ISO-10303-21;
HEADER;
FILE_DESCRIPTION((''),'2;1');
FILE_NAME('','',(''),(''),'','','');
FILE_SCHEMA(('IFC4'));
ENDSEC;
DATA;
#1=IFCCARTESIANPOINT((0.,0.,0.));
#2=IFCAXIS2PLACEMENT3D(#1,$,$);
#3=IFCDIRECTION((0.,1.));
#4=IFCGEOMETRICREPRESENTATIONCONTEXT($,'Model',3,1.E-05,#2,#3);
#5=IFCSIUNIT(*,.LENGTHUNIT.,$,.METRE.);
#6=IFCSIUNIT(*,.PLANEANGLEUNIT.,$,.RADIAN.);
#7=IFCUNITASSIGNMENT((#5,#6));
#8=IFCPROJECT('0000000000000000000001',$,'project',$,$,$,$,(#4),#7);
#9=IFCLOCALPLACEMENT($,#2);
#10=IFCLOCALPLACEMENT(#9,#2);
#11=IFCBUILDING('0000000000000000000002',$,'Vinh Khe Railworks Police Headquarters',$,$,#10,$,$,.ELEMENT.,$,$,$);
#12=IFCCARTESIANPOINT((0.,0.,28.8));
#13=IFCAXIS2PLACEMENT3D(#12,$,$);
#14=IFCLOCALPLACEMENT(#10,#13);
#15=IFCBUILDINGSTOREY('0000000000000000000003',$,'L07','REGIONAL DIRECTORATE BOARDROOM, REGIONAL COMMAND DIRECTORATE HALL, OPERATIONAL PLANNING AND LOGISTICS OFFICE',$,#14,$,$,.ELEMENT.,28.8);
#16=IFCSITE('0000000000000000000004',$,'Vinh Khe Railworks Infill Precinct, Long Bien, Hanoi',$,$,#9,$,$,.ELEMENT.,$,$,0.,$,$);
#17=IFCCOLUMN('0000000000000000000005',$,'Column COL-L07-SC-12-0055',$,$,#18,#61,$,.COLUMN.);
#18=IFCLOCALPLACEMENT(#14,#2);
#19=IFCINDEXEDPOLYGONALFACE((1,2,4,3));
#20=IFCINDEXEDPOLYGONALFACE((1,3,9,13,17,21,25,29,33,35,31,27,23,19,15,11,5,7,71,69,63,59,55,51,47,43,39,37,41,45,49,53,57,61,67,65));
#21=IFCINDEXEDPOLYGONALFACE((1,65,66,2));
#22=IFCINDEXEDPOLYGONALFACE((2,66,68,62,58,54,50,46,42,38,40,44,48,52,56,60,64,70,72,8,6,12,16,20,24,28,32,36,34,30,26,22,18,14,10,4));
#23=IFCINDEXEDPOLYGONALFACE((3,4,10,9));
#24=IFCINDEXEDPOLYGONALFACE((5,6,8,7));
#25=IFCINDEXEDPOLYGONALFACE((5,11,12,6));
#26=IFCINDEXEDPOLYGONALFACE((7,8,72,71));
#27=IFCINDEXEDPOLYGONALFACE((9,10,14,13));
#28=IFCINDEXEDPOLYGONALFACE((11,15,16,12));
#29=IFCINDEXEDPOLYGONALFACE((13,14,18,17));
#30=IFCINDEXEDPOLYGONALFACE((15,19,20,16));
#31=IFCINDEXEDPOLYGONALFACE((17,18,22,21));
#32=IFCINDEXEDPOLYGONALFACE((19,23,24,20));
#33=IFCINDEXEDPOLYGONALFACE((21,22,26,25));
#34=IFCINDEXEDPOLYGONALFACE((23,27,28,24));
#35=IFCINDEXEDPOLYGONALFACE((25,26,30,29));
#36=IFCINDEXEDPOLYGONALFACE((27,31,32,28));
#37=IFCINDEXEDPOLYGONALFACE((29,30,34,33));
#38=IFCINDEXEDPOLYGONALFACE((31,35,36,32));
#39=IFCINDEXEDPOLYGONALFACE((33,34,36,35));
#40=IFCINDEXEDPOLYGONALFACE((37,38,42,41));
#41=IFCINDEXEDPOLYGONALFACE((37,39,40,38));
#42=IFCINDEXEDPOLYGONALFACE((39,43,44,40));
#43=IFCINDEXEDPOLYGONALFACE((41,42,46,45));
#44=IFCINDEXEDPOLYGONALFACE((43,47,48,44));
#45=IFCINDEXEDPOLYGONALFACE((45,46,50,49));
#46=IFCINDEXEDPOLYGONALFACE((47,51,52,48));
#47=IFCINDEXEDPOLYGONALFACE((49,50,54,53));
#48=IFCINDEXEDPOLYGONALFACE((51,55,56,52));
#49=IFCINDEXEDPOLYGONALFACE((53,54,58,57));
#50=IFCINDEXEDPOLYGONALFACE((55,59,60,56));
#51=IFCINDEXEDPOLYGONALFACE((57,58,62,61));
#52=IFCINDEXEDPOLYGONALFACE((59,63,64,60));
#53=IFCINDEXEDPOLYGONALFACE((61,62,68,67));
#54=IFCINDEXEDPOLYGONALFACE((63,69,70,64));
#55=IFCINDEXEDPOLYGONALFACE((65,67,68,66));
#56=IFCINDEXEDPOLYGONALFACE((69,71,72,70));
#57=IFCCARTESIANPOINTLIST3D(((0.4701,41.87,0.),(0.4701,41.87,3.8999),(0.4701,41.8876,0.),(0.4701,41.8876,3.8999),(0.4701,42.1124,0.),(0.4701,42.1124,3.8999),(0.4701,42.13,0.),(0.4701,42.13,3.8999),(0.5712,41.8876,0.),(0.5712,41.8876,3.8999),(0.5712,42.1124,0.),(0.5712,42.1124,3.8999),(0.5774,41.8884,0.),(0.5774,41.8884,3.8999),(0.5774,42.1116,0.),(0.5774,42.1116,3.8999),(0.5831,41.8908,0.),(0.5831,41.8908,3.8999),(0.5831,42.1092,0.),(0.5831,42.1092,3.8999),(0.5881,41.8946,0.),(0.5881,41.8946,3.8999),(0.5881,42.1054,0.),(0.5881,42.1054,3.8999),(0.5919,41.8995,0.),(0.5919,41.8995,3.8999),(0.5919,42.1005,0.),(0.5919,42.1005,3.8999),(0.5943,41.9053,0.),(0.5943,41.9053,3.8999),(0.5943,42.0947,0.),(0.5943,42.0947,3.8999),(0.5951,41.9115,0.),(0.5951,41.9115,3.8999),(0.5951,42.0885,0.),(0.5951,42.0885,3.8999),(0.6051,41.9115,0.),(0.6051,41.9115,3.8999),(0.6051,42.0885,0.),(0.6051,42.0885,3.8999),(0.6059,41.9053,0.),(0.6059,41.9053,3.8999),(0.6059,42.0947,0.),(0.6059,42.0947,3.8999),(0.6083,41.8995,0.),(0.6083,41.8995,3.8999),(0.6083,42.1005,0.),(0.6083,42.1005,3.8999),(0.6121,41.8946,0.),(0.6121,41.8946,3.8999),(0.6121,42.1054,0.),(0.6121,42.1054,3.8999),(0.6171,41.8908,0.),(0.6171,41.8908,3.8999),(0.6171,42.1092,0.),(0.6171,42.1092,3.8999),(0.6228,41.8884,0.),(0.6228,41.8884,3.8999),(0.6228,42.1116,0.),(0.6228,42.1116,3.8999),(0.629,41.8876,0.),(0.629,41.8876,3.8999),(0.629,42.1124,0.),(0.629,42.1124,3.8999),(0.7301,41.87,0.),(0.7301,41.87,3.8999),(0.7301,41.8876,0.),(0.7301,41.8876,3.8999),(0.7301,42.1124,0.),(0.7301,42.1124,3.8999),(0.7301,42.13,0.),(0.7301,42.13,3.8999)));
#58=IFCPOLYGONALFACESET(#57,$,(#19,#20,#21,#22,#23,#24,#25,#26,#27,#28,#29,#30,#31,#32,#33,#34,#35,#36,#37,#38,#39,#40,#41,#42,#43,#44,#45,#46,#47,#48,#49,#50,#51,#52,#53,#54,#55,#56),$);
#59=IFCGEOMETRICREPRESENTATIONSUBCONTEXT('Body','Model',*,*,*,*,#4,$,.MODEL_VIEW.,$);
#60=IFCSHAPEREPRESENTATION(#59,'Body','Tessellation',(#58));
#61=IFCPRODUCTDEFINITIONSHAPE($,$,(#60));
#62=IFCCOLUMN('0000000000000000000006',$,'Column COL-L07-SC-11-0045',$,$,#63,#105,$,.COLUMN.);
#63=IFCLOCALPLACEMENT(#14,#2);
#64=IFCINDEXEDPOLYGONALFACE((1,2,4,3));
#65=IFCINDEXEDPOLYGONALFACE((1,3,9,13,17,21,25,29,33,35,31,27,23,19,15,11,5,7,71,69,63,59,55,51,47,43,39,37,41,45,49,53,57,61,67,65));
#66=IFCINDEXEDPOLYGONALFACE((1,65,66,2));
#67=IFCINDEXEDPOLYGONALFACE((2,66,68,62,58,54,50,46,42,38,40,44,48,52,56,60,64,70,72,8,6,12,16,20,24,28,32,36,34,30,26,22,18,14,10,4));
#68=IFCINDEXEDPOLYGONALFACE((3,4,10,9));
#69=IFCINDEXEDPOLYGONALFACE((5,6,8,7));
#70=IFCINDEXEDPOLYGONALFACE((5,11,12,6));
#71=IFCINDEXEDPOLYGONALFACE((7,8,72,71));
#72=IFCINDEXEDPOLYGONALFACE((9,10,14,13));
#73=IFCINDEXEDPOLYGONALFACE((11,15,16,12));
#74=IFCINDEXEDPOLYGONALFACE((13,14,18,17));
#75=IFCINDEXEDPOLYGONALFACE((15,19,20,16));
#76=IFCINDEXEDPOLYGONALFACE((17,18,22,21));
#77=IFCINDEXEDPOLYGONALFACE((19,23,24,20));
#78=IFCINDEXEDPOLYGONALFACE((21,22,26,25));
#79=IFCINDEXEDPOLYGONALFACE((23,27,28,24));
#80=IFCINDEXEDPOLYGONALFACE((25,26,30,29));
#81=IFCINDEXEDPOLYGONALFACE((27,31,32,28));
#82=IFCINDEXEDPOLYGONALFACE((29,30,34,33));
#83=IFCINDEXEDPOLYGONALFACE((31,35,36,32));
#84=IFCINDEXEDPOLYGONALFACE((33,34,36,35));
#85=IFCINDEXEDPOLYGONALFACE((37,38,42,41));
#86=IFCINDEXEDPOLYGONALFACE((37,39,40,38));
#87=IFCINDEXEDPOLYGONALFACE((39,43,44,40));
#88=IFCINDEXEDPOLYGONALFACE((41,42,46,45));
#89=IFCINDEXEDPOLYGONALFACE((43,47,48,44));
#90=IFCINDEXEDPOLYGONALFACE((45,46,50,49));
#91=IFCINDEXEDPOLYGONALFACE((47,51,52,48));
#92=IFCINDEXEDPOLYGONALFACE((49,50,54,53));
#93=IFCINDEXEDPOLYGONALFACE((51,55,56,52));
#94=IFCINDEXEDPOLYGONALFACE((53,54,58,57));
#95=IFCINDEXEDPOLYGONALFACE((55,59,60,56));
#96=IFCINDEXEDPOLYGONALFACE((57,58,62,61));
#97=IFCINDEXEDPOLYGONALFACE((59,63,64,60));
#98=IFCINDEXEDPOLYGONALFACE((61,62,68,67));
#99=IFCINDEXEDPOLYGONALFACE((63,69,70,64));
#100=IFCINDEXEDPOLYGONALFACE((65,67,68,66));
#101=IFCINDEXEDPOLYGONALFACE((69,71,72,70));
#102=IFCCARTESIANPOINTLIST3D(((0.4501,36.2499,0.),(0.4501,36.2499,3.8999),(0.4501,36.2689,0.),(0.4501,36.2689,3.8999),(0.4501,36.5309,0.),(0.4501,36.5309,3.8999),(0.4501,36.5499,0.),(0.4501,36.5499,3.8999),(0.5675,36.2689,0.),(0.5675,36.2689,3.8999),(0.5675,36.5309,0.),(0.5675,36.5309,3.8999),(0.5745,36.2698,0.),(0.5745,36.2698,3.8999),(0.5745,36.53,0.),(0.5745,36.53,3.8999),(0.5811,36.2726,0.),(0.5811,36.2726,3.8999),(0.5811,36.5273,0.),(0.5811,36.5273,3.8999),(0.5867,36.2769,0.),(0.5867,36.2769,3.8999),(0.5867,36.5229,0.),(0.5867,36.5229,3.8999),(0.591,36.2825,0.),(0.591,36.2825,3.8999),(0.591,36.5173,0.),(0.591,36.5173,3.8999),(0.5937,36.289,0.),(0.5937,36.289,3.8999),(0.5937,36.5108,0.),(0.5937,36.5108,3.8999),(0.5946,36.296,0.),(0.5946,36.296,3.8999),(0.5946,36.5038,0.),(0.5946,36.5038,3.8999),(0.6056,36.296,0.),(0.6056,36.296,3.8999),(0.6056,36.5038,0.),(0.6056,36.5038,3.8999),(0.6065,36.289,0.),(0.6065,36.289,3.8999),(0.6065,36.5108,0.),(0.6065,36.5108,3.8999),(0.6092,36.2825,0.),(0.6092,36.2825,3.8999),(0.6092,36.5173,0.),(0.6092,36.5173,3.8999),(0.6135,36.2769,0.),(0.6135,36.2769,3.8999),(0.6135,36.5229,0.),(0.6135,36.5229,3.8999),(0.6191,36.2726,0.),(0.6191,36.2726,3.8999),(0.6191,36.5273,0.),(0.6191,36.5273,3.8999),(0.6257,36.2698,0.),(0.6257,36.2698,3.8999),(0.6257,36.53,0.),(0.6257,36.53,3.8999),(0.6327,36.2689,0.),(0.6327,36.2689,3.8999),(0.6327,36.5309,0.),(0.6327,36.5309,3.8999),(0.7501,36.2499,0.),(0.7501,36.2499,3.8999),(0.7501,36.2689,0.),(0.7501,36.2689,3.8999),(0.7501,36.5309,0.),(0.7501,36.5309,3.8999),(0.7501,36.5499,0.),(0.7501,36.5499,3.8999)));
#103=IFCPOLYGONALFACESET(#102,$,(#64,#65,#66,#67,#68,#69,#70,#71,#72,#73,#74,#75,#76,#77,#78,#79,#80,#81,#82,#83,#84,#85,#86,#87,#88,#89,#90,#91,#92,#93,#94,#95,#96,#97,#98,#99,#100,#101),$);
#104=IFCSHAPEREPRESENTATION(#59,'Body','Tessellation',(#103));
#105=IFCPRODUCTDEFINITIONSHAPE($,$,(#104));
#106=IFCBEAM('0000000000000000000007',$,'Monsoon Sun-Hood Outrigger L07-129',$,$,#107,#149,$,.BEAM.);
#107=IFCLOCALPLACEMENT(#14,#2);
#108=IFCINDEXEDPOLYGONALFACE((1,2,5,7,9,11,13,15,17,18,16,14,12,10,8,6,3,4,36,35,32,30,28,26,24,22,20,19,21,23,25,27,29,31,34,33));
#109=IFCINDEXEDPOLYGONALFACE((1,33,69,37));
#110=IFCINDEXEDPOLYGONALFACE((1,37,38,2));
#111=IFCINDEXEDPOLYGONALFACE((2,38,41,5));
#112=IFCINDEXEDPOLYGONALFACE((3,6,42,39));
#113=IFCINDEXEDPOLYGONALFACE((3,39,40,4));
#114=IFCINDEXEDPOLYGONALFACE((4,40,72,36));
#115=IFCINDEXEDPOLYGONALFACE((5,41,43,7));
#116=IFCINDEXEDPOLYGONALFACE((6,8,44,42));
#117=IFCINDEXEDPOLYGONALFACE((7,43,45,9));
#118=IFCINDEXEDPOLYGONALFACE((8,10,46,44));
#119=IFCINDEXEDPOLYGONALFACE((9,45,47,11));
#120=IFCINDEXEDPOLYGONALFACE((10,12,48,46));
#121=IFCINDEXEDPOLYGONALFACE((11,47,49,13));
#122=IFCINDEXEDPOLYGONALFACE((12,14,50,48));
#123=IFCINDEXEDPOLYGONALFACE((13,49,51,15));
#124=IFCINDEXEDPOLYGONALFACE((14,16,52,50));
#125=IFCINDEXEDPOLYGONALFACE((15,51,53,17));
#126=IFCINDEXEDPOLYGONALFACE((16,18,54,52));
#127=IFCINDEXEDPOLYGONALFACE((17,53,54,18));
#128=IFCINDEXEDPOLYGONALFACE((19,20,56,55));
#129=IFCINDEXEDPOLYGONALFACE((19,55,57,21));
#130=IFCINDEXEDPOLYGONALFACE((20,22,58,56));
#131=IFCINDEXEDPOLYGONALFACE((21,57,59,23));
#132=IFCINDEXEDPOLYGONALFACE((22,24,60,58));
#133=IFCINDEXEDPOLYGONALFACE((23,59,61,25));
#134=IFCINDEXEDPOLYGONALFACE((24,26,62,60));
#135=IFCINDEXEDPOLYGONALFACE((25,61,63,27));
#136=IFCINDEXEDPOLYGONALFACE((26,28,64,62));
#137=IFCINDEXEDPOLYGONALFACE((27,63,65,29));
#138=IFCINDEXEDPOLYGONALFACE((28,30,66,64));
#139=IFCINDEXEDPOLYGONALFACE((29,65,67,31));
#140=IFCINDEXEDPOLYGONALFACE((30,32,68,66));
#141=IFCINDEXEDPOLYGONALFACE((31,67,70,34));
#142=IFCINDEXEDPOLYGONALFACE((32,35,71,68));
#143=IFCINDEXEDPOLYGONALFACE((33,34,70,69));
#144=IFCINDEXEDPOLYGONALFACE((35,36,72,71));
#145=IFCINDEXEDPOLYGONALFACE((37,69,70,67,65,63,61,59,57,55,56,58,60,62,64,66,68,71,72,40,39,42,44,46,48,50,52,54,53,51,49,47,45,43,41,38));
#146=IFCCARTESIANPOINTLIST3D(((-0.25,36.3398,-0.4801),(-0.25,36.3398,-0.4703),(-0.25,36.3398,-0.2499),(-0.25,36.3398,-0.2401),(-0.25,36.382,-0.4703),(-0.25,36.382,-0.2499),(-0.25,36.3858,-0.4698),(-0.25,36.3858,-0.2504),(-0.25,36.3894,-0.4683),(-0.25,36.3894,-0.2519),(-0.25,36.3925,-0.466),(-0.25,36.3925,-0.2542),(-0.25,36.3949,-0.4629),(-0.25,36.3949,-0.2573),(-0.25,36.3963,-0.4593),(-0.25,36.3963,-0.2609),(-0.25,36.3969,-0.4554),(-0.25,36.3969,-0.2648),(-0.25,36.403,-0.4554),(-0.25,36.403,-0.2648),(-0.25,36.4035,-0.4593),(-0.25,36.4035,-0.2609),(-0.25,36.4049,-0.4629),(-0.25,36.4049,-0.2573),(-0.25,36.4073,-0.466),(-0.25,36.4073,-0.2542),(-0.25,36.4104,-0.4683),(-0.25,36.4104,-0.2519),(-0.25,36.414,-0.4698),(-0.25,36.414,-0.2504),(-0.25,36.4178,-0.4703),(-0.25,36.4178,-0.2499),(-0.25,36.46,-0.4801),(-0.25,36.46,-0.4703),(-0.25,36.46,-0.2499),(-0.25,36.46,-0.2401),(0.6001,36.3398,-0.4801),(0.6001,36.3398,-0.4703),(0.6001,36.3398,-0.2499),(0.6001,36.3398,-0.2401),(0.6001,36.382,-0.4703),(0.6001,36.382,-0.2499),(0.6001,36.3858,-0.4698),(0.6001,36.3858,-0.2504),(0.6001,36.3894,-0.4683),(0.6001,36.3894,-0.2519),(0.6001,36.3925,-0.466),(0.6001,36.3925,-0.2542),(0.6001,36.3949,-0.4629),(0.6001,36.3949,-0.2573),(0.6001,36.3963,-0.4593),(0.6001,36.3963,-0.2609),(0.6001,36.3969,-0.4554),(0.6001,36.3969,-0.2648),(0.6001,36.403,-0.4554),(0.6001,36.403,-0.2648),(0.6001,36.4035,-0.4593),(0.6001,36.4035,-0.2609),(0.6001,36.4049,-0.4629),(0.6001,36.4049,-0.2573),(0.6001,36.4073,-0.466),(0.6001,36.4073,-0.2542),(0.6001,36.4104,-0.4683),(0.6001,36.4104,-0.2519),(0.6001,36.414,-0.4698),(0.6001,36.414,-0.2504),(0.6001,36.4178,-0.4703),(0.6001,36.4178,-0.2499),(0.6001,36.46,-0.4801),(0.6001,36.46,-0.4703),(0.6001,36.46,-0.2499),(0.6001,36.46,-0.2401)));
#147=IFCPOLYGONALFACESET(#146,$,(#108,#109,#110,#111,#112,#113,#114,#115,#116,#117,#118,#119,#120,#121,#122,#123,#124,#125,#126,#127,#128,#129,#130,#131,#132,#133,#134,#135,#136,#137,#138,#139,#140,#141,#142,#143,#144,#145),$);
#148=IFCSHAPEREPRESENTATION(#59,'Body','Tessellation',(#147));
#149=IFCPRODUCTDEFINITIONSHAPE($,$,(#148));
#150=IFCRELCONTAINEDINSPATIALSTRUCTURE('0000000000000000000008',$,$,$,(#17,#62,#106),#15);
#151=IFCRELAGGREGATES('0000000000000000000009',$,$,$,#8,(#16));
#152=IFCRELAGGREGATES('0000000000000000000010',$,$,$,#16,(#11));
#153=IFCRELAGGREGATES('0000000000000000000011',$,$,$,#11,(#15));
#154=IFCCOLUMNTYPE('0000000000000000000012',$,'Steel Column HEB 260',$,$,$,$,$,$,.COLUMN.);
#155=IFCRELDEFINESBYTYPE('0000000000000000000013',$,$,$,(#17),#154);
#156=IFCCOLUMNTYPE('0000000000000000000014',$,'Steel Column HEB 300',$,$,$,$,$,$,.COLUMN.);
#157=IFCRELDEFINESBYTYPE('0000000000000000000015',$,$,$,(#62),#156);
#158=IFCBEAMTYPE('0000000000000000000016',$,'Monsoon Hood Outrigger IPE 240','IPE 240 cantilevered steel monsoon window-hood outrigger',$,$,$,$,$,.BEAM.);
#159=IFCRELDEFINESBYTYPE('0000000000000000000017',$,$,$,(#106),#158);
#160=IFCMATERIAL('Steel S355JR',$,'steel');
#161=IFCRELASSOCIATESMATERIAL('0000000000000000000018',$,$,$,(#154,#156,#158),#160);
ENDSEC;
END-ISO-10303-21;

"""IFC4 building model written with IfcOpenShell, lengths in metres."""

from ifc_helpers import new_model, si_unit, direction, frame, origin, origin_2d, place, context, subcontext, project, spatial, i_section, extrude, material, material_profile, profile_set, type_object, element, save


model = new_model("IFC4")

# Units and contexts
model_context = context("Model", 3, precision=1e-05, world=origin(), true_north=direction((0.0, 1.0)))
body_context = subcontext(model_context, "Body", "Model", "MODEL_VIEW")
ifc_project = project(units=[si_unit("LENGTHUNIT", "METRE"), si_unit("PLANEANGLEUNIT", "RADIAN")], contexts=[model_context])

# Site, building, storey
site_placement = place(None, origin())
site = spatial("IfcSite", under=ifc_project, at=site_placement, Name="Vinh Khe Railworks Infill Precinct, Long Bien, Hanoi", CompositionType="ELEMENT", RefElevation=0.0)
building_placement = place(site_placement, origin())
building = spatial("IfcBuilding", under=site, at=building_placement, Name="Vinh Khe Railworks Police Headquarters", CompositionType="ELEMENT")
storey_placement = place(building_placement, frame((0.0, 0.0, 28.8)))
storey = spatial("IfcBuildingStorey", under=building, at=storey_placement, Name="L07", Description="REGIONAL DIRECTORATE BOARDROOM, REGIONAL COMMAND DIRECTORATE HALL, OPERATIONAL PLANNING AND LOGISTICS OFFICE", CompositionType="ELEMENT", Elevation=28.8)

# Columns
ifc_material_1 = material(Name="Steel S355JR", Category="steel")
ifc_material_profile_1 = material_profile(ifc_material_1, i_section(OverallWidth=0.26, OverallDepth=0.26, WebThickness=0.01, FlangeThickness=0.0176, FilletRadius=0.0239, at=origin_2d()), Name="HEB 260")
ifc_profile_set_1 = profile_set([ifc_material_profile_1], Name="Steel S355JR")
column_type_1 = type_object("IfcColumnType", Name="Steel Column HEB 260", PredefinedType="COLUMN", material=ifc_profile_set_1)
column_1_placement = place(storey_placement, frame((0.6001, 42.0, 0.0), z_axis=(0.0, 0.0, 1.0), x_axis=(1.0, 0.0, 0.0)))
element("IfcColumn", 1, at=column_1_placement, inside=storey, type_object=column_type_1, Name="Column COL-L07-SC-12-0055", PredefinedType="COLUMN", context=body_context, shape_type="SweptSolid", body=[
    extrude(i_section(OverallWidth=0.26, OverallDepth=0.26, WebThickness=0.01, FlangeThickness=0.0176, FilletRadius=0.0239, at=origin_2d()), origin(), (0.0, 0.0, 1.0), 3.8999),
])
ifc_material_profile_2 = material_profile(ifc_material_1, i_section(OverallWidth=0.3, OverallDepth=0.3, WebThickness=0.011, FlangeThickness=0.019, FilletRadius=0.0271, at=origin_2d()), Name="HEB 300")
ifc_profile_set_2 = profile_set([ifc_material_profile_2], Name="Steel S355JR")
column_type_2 = type_object("IfcColumnType", Name="Steel Column HEB 300", PredefinedType="COLUMN", material=ifc_profile_set_2)
column_2_placement = place(storey_placement, frame((0.6001, 36.3999, 0.0), z_axis=(0.0, 0.0, 1.0), x_axis=(1.0, 0.0, 0.0)))
element("IfcColumn", 2, at=column_2_placement, inside=storey, type_object=column_type_2, Name="Column COL-L07-SC-11-0045", PredefinedType="COLUMN", context=body_context, shape_type="SweptSolid", body=[
    extrude(i_section(OverallWidth=0.3, OverallDepth=0.3, WebThickness=0.011, FlangeThickness=0.019, FilletRadius=0.0271, at=origin_2d()), origin(), (0.0, 0.0, 1.0), 3.8999),
])

# Beam
ifc_material_profile_3 = material_profile(ifc_material_1, i_section(OverallWidth=0.1201, OverallDepth=0.24, WebThickness=0.0061, FlangeThickness=0.0098, FilletRadius=0.0149, at=origin_2d()), Name="IPE 240")
ifc_profile_set_3 = profile_set([ifc_material_profile_3], Name="Steel S355JR")
beam_type_1 = type_object("IfcBeamType", Name="Monsoon Hood Outrigger IPE 240", Description="IPE 240 cantilevered steel monsoon window-hood outrigger", PredefinedType="BEAM", material=ifc_profile_set_3)
beam_1_placement = place(storey_placement, frame((-0.25, 36.3999, -0.3601), z_axis=(1.0, 0.0, 0.0), x_axis=(0.0, 1.0, 0.0)))
element("IfcBeam", 3, at=beam_1_placement, inside=storey, type_object=beam_type_1, Name="Monsoon Sun-Hood Outrigger L07-129", PredefinedType="BEAM", context=body_context, shape_type="SweptSolid", body=[
    extrude(i_section(OverallWidth=0.1201, OverallDepth=0.24, WebThickness=0.0061, FlangeThickness=0.0098, FilletRadius=0.0149, at=origin_2d()), origin(), (0.0, 0.0, 1.0), 0.8501),
])

save(model, "model.ifc")
